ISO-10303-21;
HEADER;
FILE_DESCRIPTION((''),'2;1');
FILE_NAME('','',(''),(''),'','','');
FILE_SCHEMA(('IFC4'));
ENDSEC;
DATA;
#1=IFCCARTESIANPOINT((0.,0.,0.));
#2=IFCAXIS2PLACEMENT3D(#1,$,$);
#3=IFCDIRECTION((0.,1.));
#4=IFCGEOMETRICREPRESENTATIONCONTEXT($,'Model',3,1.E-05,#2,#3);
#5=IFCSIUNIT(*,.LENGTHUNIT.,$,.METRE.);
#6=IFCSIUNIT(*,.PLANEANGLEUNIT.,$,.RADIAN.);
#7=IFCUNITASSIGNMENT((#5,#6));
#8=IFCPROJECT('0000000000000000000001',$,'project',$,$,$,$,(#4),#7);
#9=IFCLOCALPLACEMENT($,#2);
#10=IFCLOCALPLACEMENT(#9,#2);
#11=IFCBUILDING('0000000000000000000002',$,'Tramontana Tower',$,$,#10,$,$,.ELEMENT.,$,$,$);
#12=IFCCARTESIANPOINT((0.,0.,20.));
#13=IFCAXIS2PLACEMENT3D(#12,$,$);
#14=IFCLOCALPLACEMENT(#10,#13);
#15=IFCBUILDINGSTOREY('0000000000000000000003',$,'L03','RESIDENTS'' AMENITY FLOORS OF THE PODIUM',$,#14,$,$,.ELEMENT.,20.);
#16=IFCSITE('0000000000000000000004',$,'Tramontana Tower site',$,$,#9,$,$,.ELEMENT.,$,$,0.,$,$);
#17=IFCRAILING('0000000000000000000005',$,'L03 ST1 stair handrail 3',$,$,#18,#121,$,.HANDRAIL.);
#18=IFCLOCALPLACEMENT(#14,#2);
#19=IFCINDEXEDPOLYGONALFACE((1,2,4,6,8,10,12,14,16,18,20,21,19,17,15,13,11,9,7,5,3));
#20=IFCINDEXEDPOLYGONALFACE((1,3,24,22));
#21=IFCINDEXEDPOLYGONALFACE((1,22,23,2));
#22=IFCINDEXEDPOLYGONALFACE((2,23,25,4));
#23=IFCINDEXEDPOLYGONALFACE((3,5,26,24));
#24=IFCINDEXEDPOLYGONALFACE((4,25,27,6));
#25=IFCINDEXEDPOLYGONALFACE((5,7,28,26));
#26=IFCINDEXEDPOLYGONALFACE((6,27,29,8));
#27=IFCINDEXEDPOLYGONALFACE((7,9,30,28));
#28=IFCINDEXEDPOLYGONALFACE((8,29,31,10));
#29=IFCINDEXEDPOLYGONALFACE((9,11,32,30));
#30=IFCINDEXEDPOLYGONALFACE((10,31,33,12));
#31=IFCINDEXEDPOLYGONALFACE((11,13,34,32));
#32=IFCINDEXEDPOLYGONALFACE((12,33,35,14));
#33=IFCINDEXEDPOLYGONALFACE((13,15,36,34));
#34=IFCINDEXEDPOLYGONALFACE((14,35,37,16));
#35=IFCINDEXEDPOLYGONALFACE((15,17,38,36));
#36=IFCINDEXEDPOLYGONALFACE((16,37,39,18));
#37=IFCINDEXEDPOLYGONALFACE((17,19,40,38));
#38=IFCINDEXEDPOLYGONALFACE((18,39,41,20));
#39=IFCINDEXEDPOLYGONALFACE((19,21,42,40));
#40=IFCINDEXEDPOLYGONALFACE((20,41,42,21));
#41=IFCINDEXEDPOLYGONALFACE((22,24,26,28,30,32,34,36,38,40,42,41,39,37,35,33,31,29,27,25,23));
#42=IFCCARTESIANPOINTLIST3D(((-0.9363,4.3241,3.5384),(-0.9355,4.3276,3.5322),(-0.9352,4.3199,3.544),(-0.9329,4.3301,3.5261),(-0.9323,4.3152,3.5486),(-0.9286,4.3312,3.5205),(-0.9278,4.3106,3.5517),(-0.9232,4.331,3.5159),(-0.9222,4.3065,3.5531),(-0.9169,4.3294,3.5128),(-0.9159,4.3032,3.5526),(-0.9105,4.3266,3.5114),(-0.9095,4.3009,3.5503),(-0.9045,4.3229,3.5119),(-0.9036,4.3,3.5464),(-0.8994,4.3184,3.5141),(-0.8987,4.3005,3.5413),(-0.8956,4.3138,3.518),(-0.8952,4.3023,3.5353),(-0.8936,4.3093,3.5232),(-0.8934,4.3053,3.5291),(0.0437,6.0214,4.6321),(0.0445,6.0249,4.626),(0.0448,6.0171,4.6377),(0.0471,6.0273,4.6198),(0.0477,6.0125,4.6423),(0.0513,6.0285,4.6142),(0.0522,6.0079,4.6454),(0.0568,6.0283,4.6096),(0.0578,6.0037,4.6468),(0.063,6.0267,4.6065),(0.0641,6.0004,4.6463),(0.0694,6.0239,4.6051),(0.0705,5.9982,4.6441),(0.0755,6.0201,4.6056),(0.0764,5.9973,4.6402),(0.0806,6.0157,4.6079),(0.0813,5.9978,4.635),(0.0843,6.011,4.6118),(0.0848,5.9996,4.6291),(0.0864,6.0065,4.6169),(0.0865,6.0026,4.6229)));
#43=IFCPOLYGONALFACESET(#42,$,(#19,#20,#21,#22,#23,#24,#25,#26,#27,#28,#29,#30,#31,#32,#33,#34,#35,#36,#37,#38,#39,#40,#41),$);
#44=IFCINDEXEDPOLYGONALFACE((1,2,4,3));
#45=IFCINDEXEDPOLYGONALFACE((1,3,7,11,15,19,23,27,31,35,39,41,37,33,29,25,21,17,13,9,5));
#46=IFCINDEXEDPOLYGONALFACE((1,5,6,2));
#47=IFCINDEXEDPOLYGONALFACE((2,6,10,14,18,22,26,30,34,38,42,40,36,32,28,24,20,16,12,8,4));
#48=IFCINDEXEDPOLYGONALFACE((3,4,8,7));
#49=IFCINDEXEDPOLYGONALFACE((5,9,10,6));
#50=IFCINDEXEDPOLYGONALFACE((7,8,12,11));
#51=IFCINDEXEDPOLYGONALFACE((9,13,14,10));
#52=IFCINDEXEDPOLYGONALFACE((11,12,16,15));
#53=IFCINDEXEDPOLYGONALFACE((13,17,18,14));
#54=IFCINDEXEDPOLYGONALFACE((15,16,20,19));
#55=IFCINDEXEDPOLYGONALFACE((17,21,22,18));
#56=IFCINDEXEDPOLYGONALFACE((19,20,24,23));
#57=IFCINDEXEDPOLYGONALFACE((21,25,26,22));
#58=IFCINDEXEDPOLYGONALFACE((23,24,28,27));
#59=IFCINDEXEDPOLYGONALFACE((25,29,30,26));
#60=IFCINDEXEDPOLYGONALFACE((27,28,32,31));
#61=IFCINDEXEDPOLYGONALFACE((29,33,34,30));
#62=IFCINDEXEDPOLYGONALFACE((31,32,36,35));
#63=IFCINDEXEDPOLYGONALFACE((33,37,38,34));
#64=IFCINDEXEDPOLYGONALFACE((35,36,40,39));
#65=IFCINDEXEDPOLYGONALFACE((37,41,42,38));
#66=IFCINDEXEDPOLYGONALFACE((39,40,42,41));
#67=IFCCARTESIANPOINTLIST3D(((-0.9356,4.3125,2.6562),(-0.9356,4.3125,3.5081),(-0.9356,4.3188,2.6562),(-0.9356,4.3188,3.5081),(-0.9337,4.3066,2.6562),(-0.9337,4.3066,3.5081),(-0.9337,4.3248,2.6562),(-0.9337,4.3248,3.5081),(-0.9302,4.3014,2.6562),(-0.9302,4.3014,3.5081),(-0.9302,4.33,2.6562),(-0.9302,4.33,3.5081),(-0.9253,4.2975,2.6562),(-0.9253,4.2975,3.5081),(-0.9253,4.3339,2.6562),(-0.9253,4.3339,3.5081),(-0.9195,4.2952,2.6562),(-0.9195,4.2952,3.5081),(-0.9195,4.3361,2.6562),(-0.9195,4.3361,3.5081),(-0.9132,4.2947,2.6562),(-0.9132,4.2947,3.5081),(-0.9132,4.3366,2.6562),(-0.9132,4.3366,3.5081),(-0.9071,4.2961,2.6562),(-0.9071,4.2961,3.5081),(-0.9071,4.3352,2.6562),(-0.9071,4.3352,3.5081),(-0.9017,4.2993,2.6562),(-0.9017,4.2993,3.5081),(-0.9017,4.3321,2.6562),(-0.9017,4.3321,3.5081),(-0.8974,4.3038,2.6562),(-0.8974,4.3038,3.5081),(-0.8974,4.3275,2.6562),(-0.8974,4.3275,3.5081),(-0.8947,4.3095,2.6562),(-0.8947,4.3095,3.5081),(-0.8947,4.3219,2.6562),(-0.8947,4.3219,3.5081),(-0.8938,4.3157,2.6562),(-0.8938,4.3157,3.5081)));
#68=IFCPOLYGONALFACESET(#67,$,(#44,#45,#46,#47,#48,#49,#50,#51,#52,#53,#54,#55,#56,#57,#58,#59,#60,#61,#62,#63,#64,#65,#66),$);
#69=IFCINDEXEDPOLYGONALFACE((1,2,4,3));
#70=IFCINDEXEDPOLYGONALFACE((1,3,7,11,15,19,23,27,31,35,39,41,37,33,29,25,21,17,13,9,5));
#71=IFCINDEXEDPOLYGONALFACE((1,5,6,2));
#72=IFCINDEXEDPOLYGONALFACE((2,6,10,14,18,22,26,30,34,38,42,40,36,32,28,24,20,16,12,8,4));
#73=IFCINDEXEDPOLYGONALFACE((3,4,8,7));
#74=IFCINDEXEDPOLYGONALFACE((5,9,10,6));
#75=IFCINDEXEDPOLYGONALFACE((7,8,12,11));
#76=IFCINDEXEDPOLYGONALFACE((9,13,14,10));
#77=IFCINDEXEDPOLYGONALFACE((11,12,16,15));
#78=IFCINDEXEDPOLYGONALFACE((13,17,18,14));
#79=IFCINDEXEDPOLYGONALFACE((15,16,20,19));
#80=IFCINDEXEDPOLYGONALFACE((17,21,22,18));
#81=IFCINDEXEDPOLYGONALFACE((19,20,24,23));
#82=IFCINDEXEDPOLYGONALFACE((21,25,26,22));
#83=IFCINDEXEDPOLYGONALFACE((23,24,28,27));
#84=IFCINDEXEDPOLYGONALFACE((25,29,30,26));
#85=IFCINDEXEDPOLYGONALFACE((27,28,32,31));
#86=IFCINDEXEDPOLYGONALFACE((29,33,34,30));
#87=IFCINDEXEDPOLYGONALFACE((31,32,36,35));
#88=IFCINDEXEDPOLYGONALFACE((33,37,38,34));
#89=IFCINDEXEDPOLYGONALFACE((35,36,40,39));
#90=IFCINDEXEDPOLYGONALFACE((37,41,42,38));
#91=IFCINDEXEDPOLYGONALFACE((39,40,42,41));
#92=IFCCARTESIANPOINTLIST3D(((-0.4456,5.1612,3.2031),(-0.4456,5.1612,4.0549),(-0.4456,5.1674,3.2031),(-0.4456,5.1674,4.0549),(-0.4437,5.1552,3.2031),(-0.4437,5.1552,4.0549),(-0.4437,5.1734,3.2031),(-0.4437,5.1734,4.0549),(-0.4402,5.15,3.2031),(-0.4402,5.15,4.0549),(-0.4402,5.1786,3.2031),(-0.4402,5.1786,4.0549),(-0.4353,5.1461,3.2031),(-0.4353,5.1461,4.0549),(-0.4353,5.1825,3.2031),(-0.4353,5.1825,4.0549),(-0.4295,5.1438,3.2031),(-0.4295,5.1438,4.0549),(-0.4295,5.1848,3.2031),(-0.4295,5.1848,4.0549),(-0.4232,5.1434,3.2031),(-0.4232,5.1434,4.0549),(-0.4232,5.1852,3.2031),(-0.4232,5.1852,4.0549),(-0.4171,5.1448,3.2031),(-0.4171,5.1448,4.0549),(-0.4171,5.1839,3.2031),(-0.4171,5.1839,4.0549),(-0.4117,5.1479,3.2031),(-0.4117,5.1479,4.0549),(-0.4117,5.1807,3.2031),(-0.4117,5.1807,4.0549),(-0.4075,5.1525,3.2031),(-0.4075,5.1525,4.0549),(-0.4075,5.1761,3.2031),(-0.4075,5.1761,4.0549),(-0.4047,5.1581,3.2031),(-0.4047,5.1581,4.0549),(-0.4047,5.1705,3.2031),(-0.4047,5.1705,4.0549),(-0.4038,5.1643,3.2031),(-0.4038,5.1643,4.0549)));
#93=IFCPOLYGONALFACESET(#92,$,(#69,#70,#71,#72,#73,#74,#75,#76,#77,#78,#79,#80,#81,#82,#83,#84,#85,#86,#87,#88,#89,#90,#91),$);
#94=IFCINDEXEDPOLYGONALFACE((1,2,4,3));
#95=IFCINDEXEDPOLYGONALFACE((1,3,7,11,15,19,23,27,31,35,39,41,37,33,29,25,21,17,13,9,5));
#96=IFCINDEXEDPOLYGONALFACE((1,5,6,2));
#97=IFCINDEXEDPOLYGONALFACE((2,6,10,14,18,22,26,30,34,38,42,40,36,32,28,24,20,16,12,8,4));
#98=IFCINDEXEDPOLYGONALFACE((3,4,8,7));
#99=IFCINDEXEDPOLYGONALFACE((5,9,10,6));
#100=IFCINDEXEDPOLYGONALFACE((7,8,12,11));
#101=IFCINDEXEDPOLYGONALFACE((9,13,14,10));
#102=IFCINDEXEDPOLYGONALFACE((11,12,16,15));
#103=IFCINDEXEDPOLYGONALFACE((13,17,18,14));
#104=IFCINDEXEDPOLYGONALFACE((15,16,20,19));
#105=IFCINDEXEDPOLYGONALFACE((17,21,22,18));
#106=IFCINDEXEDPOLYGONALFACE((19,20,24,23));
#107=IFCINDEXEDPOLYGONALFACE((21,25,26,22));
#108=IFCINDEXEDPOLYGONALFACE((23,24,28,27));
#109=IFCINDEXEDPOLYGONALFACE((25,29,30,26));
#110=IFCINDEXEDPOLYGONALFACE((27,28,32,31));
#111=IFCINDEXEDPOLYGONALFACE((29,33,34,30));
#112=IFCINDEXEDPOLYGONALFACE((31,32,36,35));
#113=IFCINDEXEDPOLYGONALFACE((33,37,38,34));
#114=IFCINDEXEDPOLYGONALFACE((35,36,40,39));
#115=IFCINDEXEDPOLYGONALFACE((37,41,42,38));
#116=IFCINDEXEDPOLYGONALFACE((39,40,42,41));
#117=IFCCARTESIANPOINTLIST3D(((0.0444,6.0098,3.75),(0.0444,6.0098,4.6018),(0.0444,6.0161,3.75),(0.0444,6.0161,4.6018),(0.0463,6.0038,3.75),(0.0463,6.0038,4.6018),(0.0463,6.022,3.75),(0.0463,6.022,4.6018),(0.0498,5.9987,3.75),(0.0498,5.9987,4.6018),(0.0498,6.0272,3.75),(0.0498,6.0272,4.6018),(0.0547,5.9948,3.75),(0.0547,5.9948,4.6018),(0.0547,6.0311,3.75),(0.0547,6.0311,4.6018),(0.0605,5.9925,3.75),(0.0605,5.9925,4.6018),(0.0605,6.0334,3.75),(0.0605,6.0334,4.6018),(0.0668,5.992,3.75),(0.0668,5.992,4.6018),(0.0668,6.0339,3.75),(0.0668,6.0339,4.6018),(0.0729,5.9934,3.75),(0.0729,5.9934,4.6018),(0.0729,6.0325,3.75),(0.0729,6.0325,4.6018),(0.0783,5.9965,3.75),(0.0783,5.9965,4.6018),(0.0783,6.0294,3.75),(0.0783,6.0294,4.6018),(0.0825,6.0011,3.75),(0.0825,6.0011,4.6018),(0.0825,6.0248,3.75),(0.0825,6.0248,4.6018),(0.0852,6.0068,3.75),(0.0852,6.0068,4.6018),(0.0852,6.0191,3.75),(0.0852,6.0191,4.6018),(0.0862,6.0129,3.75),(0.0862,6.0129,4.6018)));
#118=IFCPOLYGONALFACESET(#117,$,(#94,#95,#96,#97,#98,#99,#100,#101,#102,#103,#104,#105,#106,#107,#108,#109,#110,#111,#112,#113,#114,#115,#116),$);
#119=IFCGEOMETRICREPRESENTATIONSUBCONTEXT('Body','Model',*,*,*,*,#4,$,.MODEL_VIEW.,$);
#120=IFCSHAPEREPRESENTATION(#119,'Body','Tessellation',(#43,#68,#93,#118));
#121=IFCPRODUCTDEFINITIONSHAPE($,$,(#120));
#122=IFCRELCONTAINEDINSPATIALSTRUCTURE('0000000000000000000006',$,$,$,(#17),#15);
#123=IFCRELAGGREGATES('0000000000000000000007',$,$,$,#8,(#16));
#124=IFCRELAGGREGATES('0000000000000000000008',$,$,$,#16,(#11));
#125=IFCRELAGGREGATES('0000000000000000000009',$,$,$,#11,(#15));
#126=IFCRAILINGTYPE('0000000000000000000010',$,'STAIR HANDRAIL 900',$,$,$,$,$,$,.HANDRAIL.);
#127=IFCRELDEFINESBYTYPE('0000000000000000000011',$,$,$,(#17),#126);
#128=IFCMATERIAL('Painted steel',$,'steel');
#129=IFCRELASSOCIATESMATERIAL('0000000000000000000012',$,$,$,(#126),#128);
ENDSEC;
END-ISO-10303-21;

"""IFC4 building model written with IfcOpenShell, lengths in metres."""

from ifc_helpers import new_model, si_unit, direction, frame, origin, origin_2d, place, context, subcontext, project, spatial, circle, extrude, material, type_object, element, save


model = new_model("IFC4")

# Units and contexts
model_context = context("Model", 3, precision=1e-05, world=origin(), true_north=direction((0.0, 1.0)))
body_context = subcontext(model_context, "Body", "Model", "MODEL_VIEW")
ifc_project = project(units=[si_unit("LENGTHUNIT", "METRE"), si_unit("PLANEANGLEUNIT", "RADIAN")], contexts=[model_context])

# Site, building, storey
site_placement = place(None, origin())
site = spatial("IfcSite", under=ifc_project, at=site_placement, Name="Tramontana Tower site", CompositionType="ELEMENT", RefElevation=0.0)
building_placement = place(site_placement, origin())
building = spatial("IfcBuilding", under=site, at=building_placement, Name="Tramontana Tower", CompositionType="ELEMENT")
storey_placement = place(building_placement, frame((0.0, 0.0, 20.0)))
storey = spatial("IfcBuildingStorey", under=building, at=storey_placement, Name="L03", Description="RESIDENTS' AMENITY FLOORS OF THE PODIUM", CompositionType="ELEMENT", Elevation=20.0)

# Railing
ifc_material_1 = material(Name="Painted steel", Category="steel")
railing_type_1 = type_object("IfcRailingType", Name="STAIR HANDRAIL 900", PredefinedType="HANDRAIL", material=ifc_material_1)
railing_1_placement = place(storey_placement, frame((-0.9148, 4.3157, 2.6562)))
element("IfcRailing", 1, at=railing_1_placement, inside=storey, type_object=railing_type_1, Name="L03 ST1 stair handrail 3", PredefinedType="HANDRAIL", context=body_context, shape_type="SweptSolid", body=[
    extrude(circle(Radius=0.0239, at=origin_2d()), frame((0.0, 0.0, 0.876), z_axis=(0.436632, 0.75622, 0.487323), x_axis=(-0.866011, 0.500024, 0.0)), (0.0, 0.0, 1.0), 2.2444),
    extrude(circle(Radius=0.021, at=origin_2d()), origin(), (0.0, 0.0, 1.0), 0.8518),
    extrude(circle(Radius=0.021, at=origin_2d()), frame((0.49, 0.8486, 0.5469)), (0.0, 0.0, 1.0), 0.8518),
    extrude(circle(Radius=0.021, at=origin_2d()), frame((0.98, 1.6973, 1.0938)), (0.0, 0.0, 1.0), 0.8518),
])

save(model, "model.ifc")
